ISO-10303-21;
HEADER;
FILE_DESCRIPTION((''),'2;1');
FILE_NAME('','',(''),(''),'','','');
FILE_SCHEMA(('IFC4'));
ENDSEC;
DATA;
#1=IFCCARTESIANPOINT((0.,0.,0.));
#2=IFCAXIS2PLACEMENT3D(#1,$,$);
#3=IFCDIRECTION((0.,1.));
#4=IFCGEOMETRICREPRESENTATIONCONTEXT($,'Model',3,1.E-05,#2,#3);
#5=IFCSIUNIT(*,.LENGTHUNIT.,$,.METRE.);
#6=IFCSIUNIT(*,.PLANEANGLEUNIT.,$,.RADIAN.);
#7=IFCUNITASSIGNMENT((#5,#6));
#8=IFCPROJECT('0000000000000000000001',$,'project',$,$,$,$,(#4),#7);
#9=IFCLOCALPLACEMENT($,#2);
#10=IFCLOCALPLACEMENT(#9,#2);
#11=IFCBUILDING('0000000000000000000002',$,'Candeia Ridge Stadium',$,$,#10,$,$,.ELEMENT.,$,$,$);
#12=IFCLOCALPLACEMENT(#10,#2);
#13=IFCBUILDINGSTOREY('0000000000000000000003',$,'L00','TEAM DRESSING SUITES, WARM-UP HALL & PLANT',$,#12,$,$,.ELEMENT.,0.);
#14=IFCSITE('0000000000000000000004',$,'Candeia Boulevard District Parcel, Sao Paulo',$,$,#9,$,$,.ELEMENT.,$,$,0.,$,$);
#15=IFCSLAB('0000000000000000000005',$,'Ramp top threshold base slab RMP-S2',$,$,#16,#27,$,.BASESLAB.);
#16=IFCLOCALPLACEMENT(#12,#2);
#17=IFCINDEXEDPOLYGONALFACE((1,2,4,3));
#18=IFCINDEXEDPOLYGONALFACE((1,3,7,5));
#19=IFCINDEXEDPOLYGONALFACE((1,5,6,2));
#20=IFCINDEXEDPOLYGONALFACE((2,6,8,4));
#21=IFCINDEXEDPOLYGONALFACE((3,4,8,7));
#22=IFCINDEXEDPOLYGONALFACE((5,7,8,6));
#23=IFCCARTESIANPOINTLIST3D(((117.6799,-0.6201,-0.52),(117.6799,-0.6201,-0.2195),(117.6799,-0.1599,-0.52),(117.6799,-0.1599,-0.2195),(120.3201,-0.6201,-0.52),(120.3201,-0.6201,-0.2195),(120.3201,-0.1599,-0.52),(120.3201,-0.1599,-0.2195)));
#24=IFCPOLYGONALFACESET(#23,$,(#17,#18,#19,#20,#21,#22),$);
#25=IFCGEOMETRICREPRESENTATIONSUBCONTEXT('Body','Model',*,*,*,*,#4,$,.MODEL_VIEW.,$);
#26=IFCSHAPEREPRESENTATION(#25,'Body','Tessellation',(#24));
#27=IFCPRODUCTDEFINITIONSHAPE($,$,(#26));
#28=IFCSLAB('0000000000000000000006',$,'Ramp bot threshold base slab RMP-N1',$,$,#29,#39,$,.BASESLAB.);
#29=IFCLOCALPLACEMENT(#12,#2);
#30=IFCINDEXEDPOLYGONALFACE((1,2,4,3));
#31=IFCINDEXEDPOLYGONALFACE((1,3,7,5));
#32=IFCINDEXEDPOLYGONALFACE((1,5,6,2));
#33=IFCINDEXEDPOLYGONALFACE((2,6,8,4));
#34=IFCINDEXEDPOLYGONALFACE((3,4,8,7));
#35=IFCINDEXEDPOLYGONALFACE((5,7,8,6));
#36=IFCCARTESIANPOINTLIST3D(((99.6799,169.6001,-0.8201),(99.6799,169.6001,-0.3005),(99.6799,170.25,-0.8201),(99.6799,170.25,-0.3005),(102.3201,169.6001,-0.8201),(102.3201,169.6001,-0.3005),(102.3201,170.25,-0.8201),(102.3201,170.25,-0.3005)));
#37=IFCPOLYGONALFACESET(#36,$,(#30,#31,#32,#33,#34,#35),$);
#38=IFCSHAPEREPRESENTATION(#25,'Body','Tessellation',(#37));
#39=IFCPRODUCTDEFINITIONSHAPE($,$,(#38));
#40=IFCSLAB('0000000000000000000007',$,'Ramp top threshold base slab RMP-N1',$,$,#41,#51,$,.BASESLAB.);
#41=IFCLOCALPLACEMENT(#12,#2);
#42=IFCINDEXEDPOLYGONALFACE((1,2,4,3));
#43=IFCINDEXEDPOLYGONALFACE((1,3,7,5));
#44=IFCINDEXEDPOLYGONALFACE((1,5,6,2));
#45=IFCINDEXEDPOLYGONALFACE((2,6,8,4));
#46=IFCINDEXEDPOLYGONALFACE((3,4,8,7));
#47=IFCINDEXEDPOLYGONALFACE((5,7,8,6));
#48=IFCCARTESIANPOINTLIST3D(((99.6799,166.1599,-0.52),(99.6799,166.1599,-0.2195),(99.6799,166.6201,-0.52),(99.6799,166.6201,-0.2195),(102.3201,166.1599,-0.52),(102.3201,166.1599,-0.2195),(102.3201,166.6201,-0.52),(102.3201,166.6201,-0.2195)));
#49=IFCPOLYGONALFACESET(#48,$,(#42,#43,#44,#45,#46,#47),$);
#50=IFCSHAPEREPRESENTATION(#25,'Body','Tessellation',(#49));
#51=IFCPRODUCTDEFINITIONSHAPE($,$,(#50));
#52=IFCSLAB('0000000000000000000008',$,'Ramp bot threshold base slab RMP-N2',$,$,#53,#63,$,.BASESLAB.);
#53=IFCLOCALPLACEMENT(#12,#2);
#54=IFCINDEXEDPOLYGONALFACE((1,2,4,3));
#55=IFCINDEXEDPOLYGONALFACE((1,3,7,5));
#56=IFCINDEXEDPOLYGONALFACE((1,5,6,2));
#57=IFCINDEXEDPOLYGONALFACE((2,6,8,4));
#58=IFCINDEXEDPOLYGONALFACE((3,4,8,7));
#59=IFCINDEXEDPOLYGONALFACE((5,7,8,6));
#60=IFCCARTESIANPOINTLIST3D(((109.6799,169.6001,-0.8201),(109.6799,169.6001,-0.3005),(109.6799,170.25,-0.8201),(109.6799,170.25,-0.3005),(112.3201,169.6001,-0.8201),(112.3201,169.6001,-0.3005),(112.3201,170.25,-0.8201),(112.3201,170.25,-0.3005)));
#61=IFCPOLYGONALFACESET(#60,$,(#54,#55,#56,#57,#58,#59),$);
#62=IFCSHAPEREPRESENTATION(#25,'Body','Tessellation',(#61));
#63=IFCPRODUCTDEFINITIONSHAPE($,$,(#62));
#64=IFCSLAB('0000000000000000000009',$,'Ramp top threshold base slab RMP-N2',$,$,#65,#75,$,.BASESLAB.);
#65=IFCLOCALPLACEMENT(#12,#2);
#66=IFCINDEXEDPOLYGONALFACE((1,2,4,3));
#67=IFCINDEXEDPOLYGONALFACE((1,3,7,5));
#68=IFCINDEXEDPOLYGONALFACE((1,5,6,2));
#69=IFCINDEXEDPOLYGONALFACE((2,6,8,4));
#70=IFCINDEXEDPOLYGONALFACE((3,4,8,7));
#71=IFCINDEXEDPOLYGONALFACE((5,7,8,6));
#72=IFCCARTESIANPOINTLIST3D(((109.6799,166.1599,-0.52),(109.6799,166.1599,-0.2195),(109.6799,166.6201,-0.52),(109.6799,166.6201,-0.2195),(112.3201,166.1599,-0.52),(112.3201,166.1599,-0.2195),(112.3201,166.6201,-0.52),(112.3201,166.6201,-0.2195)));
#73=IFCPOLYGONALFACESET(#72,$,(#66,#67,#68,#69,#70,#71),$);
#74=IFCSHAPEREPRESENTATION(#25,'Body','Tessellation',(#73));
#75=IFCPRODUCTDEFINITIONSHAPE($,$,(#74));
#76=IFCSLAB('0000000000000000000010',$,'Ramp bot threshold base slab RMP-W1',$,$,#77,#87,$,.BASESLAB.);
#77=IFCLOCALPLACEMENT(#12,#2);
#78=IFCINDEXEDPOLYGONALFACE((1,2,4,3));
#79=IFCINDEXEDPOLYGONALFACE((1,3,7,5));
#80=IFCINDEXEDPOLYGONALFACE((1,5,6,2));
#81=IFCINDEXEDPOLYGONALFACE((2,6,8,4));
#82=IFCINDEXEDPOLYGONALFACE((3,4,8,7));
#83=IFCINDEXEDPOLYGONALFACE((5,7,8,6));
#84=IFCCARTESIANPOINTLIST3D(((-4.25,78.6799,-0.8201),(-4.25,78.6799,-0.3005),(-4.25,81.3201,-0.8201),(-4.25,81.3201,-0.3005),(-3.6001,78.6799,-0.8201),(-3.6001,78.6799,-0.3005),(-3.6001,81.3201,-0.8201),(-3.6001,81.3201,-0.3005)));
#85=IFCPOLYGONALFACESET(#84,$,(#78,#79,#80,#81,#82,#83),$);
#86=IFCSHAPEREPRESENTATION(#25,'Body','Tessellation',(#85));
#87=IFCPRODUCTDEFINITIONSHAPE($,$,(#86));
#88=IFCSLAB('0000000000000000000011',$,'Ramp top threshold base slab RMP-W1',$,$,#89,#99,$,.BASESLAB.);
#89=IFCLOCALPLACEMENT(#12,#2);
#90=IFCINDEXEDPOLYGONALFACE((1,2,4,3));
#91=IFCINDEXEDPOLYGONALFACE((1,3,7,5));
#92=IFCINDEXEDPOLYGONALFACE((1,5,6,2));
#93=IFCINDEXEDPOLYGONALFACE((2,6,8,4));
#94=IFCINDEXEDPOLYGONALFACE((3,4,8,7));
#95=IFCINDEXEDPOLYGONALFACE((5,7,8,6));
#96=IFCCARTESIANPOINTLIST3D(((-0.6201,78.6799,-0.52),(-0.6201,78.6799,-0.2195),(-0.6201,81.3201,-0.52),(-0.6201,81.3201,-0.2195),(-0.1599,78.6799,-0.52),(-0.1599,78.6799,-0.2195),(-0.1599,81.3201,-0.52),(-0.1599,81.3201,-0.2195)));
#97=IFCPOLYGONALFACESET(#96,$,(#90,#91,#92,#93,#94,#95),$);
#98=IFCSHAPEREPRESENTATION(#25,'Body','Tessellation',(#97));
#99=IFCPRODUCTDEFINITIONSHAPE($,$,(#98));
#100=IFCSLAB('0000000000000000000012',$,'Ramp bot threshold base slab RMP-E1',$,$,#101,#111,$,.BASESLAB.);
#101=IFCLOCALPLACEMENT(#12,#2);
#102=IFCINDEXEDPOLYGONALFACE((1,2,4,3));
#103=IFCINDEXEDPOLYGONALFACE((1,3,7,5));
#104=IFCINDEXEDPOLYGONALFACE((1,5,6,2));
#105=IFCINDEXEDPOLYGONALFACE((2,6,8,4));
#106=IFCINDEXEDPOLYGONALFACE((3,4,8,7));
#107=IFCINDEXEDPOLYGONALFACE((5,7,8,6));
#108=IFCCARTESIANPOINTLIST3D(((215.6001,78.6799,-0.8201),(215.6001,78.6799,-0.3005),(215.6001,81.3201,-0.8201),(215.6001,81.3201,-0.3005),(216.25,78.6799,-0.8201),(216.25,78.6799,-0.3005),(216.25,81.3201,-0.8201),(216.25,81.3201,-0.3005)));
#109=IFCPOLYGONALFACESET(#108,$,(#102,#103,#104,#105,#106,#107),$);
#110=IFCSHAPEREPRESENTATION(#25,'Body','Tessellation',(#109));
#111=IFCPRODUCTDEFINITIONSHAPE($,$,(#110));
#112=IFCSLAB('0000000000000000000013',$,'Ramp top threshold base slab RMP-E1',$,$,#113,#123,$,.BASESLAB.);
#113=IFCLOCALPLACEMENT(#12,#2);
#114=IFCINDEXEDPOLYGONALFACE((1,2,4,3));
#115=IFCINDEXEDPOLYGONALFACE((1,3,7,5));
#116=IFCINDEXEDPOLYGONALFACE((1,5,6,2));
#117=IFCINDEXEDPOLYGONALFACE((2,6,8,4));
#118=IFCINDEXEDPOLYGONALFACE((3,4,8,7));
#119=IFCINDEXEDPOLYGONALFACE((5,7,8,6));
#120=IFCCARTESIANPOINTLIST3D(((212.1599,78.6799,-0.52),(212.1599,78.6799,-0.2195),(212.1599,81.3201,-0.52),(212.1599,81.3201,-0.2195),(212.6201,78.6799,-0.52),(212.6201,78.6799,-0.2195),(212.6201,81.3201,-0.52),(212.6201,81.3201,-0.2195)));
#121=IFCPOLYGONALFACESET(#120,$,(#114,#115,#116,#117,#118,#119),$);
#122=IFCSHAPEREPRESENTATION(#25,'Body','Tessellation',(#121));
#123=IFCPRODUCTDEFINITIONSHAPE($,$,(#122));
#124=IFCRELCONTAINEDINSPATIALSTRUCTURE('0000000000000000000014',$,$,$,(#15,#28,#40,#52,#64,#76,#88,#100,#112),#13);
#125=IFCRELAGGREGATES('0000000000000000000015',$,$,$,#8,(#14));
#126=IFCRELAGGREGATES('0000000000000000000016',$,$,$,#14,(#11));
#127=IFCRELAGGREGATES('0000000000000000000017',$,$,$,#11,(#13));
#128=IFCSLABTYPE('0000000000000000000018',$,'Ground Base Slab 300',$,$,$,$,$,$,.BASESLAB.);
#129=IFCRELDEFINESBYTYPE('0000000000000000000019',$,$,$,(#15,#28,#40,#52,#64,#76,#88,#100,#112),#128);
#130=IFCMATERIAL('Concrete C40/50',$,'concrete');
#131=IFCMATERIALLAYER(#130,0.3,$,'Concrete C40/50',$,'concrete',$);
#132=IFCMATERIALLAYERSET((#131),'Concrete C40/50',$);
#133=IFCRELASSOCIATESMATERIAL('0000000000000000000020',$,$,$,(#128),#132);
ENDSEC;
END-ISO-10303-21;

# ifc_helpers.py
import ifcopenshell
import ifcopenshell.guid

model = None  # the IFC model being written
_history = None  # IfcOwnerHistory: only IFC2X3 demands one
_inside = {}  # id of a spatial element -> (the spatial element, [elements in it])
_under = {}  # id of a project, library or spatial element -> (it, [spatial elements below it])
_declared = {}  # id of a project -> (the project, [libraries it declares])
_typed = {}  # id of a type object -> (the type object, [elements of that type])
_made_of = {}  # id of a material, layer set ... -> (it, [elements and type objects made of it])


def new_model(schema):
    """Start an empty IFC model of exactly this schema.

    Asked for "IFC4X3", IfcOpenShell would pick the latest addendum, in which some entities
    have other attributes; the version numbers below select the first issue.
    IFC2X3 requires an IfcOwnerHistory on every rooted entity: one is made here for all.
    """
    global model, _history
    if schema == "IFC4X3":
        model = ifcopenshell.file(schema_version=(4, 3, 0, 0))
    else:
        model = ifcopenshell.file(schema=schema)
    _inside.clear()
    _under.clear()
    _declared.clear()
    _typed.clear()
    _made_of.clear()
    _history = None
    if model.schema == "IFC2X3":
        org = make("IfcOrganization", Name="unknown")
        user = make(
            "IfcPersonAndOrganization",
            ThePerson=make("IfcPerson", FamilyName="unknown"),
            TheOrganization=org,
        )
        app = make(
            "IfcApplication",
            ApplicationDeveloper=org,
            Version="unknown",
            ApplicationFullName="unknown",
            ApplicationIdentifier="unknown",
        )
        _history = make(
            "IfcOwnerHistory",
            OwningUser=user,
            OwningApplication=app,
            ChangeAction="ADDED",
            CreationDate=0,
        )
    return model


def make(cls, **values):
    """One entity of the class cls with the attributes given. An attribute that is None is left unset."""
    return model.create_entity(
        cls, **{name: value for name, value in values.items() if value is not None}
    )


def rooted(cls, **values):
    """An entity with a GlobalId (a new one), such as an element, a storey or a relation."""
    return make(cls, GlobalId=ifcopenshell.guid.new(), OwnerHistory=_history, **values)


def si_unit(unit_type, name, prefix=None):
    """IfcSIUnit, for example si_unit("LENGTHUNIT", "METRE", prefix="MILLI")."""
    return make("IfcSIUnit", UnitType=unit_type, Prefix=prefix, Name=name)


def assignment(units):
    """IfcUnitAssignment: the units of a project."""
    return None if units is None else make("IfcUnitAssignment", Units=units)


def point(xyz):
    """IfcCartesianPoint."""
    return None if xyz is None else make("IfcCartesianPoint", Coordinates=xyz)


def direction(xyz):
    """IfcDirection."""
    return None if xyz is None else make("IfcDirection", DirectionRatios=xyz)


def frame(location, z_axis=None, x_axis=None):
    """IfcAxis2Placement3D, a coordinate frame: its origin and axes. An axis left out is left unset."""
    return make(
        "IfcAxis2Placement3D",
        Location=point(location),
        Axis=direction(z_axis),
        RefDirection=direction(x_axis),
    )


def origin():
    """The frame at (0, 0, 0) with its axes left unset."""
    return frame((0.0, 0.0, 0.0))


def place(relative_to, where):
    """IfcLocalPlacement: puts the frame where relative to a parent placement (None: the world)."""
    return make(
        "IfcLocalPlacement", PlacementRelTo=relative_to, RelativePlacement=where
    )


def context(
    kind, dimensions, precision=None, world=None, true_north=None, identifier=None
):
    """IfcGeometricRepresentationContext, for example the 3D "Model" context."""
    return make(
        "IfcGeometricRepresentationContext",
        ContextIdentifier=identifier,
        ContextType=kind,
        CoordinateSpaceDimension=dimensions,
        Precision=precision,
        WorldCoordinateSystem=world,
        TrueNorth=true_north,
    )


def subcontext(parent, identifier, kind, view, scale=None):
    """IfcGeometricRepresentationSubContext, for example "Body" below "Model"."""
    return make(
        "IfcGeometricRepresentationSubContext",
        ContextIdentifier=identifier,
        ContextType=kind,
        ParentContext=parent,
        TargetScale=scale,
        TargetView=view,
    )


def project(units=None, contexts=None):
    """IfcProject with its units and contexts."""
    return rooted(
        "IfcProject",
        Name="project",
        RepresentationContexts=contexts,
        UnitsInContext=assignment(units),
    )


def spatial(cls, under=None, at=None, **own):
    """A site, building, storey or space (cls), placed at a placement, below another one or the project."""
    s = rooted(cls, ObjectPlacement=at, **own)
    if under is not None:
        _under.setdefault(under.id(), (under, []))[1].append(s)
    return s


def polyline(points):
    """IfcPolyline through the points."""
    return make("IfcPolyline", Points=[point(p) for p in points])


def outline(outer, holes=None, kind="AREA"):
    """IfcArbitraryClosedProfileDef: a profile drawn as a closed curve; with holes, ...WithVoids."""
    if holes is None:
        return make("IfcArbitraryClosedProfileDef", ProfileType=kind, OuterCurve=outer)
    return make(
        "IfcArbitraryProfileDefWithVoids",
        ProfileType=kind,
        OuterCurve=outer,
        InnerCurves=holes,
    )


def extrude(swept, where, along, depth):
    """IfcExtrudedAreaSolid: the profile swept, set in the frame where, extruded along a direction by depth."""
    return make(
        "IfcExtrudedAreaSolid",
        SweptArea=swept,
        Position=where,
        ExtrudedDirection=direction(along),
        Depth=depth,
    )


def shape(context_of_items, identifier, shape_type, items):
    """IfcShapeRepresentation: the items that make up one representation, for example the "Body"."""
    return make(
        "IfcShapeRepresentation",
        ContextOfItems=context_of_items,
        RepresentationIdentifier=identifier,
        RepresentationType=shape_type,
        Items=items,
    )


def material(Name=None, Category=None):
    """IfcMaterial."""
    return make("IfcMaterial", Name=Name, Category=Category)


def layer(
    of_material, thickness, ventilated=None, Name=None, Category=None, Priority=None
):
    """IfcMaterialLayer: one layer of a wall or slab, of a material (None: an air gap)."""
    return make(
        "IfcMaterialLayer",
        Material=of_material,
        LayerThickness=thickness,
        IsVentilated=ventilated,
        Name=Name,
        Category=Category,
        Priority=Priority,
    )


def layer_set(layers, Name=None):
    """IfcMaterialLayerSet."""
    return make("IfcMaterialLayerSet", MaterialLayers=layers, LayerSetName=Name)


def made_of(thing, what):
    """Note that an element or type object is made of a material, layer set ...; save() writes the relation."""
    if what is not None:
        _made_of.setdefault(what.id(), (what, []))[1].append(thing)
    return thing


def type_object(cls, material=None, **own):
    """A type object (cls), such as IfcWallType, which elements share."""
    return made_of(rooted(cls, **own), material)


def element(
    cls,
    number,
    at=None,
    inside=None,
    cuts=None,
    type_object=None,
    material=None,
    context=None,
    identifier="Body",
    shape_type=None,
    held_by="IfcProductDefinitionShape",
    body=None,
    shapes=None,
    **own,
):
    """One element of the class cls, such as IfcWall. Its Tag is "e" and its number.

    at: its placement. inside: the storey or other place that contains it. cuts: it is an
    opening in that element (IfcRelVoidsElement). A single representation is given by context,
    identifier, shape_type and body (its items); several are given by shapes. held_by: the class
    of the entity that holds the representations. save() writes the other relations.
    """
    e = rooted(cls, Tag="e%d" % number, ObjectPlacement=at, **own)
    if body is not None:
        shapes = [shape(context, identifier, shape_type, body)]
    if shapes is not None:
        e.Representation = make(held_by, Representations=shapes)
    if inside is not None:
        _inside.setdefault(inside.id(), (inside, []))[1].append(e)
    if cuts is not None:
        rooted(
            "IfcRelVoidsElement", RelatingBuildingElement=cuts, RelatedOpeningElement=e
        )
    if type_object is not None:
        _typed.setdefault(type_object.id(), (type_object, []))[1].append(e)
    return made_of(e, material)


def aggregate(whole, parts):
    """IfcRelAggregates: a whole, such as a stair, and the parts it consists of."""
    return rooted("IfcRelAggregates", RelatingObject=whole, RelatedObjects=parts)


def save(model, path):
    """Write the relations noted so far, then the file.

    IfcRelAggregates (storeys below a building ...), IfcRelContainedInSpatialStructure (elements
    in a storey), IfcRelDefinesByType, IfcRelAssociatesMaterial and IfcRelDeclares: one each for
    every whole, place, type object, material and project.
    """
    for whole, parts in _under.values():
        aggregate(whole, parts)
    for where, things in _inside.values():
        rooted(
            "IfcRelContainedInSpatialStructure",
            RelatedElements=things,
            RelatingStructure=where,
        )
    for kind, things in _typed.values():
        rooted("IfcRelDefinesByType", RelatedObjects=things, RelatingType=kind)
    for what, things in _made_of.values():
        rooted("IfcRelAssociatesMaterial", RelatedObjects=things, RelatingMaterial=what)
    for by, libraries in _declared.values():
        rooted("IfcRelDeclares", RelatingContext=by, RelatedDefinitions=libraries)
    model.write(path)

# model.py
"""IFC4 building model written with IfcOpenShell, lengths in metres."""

from ifc_helpers import new_model, si_unit, direction, frame, origin, place, context, subcontext, project, spatial, polyline, outline, extrude, material, layer, layer_set, type_object, element, save


model = new_model("IFC4")

# Units and contexts
model_context = context("Model", 3, precision=1e-05, world=origin(), true_north=direction((0.0, 1.0)))
body_context = subcontext(model_context, "Body", "Model", "MODEL_VIEW")
ifc_project = project(units=[si_unit("LENGTHUNIT", "METRE"), si_unit("PLANEANGLEUNIT", "RADIAN")], contexts=[model_context])

# Site, building, storey
site_placement = place(None, origin())
site = spatial("IfcSite", under=ifc_project, at=site_placement, Name="Candeia Boulevard District Parcel, Sao Paulo", CompositionType="ELEMENT", RefElevation=0.0)
building_placement = place(site_placement, origin())
building = spatial("IfcBuilding", under=site, at=building_placement, Name="Candeia Ridge Stadium", CompositionType="ELEMENT")
storey_placement = place(building_placement, origin())
storey = spatial("IfcBuildingStorey", under=building, at=storey_placement, Name="L00", Description="TEAM DRESSING SUITES, WARM-UP HALL & PLANT", CompositionType="ELEMENT", Elevation=0.0)

# Slabs
ifc_material_1 = material(Name="Concrete C40/50", Category="concrete")
ifc_layer_1 = layer(ifc_material_1, 0.3, Name="Concrete C40/50", Category="concrete")
ifc_layer_set_1 = layer_set([ifc_layer_1], Name="Concrete C40/50")
slab_type_1 = type_object("IfcSlabType", Name="Ground Base Slab 300", PredefinedType="BASESLAB", material=ifc_layer_set_1)
slab_1_placement = place(storey_placement, frame((0.0, 0.0, -0.52)))
element("IfcSlab", 1, at=slab_1_placement, inside=storey, type_object=slab_type_1, Name="Ramp top threshold base slab RMP-S2", PredefinedType="BASESLAB", context=body_context, shape_type="SweptSolid", body=[
    extrude(outline(polyline([(120.3201, -0.6201), (120.3201, -0.1599), (117.6799, -0.1599), (117.6799, -0.6201), (120.3201, -0.6201)])), origin(), (0.0, 0.0, 1.0), 0.3005),
])
slab_2_placement = place(storey_placement, frame((0.0, 0.0, -0.8201)))
element("IfcSlab", 2, at=slab_2_placement, inside=storey, type_object=slab_type_1, Name="Ramp bot threshold base slab RMP-N1", PredefinedType="BASESLAB", context=body_context, shape_type="SweptSolid", body=[
    extrude(outline(polyline([(99.6799, 170.25), (99.6799, 169.6001), (102.3201, 169.6001), (102.3201, 170.25), (99.6799, 170.25)])), origin(), (0.0, 0.0, 1.0), 0.5195),
])
slab_3_placement = place(storey_placement, frame((0.0, 0.0, -0.52)))
element("IfcSlab", 3, at=slab_3_placement, inside=storey, type_object=slab_type_1, Name="Ramp top threshold base slab RMP-N1", PredefinedType="BASESLAB", context=body_context, shape_type="SweptSolid", body=[
    extrude(outline(polyline([(99.6799, 166.6201), (99.6799, 166.1599), (102.3201, 166.1599), (102.3201, 166.6201), (99.6799, 166.6201)])), origin(), (0.0, 0.0, 1.0), 0.3005),
])
slab_4_placement = place(storey_placement, frame((0.0, 0.0, -0.8201)))
element("IfcSlab", 4, at=slab_4_placement, inside=storey, type_object=slab_type_1, Name="Ramp bot threshold base slab RMP-N2", PredefinedType="BASESLAB", context=body_context, shape_type="SweptSolid", body=[
    extrude(outline(polyline([(109.6799, 170.25), (109.6799, 169.6001), (112.3201, 169.6001), (112.3201, 170.25), (109.6799, 170.25)])), origin(), (0.0, 0.0, 1.0), 0.5195),
])
slab_5_placement = place(storey_placement, frame((0.0, 0.0, -0.52)))
element("IfcSlab", 5, at=slab_5_placement, inside=storey, type_object=slab_type_1, Name="Ramp top threshold base slab RMP-N2", PredefinedType="BASESLAB", context=body_context, shape_type="SweptSolid", body=[
    extrude(outline(polyline([(109.6799, 166.6201), (109.6799, 166.1599), (112.3201, 166.1599), (112.3201, 166.6201), (109.6799, 166.6201)])), origin(), (0.0, 0.0, 1.0), 0.3005),
])
slab_6_placement = place(storey_placement, frame((0.0, 0.0, -0.8201)))
element("IfcSlab", 6, at=slab_6_placement, inside=storey, type_object=slab_type_1, Name="Ramp bot threshold base slab RMP-W1", PredefinedType="BASESLAB", context=body_context, shape_type="SweptSolid", body=[
    extrude(outline(polyline([(-4.25, 78.6799), (-3.6001, 78.6799), (-3.6001, 81.3201), (-4.25, 81.3201), (-4.25, 78.6799)])), origin(), (0.0, 0.0, 1.0), 0.5195),
])
slab_7_placement = place(storey_placement, frame((0.0, 0.0, -0.52)))
element("IfcSlab", 7, at=slab_7_placement, inside=storey, type_object=slab_type_1, Name="Ramp top threshold base slab RMP-W1", PredefinedType="BASESLAB", context=body_context, shape_type="SweptSolid", body=[
    extrude(outline(polyline([(-0.6201, 78.6799), (-0.1599, 78.6799), (-0.1599, 81.3201), (-0.6201, 81.3201), (-0.6201, 78.6799)])), origin(), (0.0, 0.0, 1.0), 0.3005),
])
slab_8_placement = place(storey_placement, frame((0.0, 0.0, -0.8201)))
element("IfcSlab", 8, at=slab_8_placement, inside=storey, type_object=slab_type_1, Name="Ramp bot threshold base slab RMP-E1", PredefinedType="BASESLAB", context=body_context, shape_type="SweptSolid", body=[
    extrude(outline(polyline([(216.25, 81.3201), (215.6001, 81.3201), (215.6001, 78.6799), (216.25, 78.6799), (216.25, 81.3201)])), origin(), (0.0, 0.0, 1.0), 0.5195),
])
slab_9_placement = place(storey_placement, frame((0.0, 0.0, -0.52)))
element("IfcSlab", 9, at=slab_9_placement, inside=storey, type_object=slab_type_1, Name="Ramp top threshold base slab RMP-E1", PredefinedType="BASESLAB", context=body_context, shape_type="SweptSolid", body=[
    extrude(outline(polyline([(212.6201, 81.3201), (212.1599, 81.3201), (212.1599, 78.6799), (212.6201, 78.6799), (212.6201, 81.3201)])), origin(), (0.0, 0.0, 1.0), 0.3005),
])

save(model, "model.ifc")
